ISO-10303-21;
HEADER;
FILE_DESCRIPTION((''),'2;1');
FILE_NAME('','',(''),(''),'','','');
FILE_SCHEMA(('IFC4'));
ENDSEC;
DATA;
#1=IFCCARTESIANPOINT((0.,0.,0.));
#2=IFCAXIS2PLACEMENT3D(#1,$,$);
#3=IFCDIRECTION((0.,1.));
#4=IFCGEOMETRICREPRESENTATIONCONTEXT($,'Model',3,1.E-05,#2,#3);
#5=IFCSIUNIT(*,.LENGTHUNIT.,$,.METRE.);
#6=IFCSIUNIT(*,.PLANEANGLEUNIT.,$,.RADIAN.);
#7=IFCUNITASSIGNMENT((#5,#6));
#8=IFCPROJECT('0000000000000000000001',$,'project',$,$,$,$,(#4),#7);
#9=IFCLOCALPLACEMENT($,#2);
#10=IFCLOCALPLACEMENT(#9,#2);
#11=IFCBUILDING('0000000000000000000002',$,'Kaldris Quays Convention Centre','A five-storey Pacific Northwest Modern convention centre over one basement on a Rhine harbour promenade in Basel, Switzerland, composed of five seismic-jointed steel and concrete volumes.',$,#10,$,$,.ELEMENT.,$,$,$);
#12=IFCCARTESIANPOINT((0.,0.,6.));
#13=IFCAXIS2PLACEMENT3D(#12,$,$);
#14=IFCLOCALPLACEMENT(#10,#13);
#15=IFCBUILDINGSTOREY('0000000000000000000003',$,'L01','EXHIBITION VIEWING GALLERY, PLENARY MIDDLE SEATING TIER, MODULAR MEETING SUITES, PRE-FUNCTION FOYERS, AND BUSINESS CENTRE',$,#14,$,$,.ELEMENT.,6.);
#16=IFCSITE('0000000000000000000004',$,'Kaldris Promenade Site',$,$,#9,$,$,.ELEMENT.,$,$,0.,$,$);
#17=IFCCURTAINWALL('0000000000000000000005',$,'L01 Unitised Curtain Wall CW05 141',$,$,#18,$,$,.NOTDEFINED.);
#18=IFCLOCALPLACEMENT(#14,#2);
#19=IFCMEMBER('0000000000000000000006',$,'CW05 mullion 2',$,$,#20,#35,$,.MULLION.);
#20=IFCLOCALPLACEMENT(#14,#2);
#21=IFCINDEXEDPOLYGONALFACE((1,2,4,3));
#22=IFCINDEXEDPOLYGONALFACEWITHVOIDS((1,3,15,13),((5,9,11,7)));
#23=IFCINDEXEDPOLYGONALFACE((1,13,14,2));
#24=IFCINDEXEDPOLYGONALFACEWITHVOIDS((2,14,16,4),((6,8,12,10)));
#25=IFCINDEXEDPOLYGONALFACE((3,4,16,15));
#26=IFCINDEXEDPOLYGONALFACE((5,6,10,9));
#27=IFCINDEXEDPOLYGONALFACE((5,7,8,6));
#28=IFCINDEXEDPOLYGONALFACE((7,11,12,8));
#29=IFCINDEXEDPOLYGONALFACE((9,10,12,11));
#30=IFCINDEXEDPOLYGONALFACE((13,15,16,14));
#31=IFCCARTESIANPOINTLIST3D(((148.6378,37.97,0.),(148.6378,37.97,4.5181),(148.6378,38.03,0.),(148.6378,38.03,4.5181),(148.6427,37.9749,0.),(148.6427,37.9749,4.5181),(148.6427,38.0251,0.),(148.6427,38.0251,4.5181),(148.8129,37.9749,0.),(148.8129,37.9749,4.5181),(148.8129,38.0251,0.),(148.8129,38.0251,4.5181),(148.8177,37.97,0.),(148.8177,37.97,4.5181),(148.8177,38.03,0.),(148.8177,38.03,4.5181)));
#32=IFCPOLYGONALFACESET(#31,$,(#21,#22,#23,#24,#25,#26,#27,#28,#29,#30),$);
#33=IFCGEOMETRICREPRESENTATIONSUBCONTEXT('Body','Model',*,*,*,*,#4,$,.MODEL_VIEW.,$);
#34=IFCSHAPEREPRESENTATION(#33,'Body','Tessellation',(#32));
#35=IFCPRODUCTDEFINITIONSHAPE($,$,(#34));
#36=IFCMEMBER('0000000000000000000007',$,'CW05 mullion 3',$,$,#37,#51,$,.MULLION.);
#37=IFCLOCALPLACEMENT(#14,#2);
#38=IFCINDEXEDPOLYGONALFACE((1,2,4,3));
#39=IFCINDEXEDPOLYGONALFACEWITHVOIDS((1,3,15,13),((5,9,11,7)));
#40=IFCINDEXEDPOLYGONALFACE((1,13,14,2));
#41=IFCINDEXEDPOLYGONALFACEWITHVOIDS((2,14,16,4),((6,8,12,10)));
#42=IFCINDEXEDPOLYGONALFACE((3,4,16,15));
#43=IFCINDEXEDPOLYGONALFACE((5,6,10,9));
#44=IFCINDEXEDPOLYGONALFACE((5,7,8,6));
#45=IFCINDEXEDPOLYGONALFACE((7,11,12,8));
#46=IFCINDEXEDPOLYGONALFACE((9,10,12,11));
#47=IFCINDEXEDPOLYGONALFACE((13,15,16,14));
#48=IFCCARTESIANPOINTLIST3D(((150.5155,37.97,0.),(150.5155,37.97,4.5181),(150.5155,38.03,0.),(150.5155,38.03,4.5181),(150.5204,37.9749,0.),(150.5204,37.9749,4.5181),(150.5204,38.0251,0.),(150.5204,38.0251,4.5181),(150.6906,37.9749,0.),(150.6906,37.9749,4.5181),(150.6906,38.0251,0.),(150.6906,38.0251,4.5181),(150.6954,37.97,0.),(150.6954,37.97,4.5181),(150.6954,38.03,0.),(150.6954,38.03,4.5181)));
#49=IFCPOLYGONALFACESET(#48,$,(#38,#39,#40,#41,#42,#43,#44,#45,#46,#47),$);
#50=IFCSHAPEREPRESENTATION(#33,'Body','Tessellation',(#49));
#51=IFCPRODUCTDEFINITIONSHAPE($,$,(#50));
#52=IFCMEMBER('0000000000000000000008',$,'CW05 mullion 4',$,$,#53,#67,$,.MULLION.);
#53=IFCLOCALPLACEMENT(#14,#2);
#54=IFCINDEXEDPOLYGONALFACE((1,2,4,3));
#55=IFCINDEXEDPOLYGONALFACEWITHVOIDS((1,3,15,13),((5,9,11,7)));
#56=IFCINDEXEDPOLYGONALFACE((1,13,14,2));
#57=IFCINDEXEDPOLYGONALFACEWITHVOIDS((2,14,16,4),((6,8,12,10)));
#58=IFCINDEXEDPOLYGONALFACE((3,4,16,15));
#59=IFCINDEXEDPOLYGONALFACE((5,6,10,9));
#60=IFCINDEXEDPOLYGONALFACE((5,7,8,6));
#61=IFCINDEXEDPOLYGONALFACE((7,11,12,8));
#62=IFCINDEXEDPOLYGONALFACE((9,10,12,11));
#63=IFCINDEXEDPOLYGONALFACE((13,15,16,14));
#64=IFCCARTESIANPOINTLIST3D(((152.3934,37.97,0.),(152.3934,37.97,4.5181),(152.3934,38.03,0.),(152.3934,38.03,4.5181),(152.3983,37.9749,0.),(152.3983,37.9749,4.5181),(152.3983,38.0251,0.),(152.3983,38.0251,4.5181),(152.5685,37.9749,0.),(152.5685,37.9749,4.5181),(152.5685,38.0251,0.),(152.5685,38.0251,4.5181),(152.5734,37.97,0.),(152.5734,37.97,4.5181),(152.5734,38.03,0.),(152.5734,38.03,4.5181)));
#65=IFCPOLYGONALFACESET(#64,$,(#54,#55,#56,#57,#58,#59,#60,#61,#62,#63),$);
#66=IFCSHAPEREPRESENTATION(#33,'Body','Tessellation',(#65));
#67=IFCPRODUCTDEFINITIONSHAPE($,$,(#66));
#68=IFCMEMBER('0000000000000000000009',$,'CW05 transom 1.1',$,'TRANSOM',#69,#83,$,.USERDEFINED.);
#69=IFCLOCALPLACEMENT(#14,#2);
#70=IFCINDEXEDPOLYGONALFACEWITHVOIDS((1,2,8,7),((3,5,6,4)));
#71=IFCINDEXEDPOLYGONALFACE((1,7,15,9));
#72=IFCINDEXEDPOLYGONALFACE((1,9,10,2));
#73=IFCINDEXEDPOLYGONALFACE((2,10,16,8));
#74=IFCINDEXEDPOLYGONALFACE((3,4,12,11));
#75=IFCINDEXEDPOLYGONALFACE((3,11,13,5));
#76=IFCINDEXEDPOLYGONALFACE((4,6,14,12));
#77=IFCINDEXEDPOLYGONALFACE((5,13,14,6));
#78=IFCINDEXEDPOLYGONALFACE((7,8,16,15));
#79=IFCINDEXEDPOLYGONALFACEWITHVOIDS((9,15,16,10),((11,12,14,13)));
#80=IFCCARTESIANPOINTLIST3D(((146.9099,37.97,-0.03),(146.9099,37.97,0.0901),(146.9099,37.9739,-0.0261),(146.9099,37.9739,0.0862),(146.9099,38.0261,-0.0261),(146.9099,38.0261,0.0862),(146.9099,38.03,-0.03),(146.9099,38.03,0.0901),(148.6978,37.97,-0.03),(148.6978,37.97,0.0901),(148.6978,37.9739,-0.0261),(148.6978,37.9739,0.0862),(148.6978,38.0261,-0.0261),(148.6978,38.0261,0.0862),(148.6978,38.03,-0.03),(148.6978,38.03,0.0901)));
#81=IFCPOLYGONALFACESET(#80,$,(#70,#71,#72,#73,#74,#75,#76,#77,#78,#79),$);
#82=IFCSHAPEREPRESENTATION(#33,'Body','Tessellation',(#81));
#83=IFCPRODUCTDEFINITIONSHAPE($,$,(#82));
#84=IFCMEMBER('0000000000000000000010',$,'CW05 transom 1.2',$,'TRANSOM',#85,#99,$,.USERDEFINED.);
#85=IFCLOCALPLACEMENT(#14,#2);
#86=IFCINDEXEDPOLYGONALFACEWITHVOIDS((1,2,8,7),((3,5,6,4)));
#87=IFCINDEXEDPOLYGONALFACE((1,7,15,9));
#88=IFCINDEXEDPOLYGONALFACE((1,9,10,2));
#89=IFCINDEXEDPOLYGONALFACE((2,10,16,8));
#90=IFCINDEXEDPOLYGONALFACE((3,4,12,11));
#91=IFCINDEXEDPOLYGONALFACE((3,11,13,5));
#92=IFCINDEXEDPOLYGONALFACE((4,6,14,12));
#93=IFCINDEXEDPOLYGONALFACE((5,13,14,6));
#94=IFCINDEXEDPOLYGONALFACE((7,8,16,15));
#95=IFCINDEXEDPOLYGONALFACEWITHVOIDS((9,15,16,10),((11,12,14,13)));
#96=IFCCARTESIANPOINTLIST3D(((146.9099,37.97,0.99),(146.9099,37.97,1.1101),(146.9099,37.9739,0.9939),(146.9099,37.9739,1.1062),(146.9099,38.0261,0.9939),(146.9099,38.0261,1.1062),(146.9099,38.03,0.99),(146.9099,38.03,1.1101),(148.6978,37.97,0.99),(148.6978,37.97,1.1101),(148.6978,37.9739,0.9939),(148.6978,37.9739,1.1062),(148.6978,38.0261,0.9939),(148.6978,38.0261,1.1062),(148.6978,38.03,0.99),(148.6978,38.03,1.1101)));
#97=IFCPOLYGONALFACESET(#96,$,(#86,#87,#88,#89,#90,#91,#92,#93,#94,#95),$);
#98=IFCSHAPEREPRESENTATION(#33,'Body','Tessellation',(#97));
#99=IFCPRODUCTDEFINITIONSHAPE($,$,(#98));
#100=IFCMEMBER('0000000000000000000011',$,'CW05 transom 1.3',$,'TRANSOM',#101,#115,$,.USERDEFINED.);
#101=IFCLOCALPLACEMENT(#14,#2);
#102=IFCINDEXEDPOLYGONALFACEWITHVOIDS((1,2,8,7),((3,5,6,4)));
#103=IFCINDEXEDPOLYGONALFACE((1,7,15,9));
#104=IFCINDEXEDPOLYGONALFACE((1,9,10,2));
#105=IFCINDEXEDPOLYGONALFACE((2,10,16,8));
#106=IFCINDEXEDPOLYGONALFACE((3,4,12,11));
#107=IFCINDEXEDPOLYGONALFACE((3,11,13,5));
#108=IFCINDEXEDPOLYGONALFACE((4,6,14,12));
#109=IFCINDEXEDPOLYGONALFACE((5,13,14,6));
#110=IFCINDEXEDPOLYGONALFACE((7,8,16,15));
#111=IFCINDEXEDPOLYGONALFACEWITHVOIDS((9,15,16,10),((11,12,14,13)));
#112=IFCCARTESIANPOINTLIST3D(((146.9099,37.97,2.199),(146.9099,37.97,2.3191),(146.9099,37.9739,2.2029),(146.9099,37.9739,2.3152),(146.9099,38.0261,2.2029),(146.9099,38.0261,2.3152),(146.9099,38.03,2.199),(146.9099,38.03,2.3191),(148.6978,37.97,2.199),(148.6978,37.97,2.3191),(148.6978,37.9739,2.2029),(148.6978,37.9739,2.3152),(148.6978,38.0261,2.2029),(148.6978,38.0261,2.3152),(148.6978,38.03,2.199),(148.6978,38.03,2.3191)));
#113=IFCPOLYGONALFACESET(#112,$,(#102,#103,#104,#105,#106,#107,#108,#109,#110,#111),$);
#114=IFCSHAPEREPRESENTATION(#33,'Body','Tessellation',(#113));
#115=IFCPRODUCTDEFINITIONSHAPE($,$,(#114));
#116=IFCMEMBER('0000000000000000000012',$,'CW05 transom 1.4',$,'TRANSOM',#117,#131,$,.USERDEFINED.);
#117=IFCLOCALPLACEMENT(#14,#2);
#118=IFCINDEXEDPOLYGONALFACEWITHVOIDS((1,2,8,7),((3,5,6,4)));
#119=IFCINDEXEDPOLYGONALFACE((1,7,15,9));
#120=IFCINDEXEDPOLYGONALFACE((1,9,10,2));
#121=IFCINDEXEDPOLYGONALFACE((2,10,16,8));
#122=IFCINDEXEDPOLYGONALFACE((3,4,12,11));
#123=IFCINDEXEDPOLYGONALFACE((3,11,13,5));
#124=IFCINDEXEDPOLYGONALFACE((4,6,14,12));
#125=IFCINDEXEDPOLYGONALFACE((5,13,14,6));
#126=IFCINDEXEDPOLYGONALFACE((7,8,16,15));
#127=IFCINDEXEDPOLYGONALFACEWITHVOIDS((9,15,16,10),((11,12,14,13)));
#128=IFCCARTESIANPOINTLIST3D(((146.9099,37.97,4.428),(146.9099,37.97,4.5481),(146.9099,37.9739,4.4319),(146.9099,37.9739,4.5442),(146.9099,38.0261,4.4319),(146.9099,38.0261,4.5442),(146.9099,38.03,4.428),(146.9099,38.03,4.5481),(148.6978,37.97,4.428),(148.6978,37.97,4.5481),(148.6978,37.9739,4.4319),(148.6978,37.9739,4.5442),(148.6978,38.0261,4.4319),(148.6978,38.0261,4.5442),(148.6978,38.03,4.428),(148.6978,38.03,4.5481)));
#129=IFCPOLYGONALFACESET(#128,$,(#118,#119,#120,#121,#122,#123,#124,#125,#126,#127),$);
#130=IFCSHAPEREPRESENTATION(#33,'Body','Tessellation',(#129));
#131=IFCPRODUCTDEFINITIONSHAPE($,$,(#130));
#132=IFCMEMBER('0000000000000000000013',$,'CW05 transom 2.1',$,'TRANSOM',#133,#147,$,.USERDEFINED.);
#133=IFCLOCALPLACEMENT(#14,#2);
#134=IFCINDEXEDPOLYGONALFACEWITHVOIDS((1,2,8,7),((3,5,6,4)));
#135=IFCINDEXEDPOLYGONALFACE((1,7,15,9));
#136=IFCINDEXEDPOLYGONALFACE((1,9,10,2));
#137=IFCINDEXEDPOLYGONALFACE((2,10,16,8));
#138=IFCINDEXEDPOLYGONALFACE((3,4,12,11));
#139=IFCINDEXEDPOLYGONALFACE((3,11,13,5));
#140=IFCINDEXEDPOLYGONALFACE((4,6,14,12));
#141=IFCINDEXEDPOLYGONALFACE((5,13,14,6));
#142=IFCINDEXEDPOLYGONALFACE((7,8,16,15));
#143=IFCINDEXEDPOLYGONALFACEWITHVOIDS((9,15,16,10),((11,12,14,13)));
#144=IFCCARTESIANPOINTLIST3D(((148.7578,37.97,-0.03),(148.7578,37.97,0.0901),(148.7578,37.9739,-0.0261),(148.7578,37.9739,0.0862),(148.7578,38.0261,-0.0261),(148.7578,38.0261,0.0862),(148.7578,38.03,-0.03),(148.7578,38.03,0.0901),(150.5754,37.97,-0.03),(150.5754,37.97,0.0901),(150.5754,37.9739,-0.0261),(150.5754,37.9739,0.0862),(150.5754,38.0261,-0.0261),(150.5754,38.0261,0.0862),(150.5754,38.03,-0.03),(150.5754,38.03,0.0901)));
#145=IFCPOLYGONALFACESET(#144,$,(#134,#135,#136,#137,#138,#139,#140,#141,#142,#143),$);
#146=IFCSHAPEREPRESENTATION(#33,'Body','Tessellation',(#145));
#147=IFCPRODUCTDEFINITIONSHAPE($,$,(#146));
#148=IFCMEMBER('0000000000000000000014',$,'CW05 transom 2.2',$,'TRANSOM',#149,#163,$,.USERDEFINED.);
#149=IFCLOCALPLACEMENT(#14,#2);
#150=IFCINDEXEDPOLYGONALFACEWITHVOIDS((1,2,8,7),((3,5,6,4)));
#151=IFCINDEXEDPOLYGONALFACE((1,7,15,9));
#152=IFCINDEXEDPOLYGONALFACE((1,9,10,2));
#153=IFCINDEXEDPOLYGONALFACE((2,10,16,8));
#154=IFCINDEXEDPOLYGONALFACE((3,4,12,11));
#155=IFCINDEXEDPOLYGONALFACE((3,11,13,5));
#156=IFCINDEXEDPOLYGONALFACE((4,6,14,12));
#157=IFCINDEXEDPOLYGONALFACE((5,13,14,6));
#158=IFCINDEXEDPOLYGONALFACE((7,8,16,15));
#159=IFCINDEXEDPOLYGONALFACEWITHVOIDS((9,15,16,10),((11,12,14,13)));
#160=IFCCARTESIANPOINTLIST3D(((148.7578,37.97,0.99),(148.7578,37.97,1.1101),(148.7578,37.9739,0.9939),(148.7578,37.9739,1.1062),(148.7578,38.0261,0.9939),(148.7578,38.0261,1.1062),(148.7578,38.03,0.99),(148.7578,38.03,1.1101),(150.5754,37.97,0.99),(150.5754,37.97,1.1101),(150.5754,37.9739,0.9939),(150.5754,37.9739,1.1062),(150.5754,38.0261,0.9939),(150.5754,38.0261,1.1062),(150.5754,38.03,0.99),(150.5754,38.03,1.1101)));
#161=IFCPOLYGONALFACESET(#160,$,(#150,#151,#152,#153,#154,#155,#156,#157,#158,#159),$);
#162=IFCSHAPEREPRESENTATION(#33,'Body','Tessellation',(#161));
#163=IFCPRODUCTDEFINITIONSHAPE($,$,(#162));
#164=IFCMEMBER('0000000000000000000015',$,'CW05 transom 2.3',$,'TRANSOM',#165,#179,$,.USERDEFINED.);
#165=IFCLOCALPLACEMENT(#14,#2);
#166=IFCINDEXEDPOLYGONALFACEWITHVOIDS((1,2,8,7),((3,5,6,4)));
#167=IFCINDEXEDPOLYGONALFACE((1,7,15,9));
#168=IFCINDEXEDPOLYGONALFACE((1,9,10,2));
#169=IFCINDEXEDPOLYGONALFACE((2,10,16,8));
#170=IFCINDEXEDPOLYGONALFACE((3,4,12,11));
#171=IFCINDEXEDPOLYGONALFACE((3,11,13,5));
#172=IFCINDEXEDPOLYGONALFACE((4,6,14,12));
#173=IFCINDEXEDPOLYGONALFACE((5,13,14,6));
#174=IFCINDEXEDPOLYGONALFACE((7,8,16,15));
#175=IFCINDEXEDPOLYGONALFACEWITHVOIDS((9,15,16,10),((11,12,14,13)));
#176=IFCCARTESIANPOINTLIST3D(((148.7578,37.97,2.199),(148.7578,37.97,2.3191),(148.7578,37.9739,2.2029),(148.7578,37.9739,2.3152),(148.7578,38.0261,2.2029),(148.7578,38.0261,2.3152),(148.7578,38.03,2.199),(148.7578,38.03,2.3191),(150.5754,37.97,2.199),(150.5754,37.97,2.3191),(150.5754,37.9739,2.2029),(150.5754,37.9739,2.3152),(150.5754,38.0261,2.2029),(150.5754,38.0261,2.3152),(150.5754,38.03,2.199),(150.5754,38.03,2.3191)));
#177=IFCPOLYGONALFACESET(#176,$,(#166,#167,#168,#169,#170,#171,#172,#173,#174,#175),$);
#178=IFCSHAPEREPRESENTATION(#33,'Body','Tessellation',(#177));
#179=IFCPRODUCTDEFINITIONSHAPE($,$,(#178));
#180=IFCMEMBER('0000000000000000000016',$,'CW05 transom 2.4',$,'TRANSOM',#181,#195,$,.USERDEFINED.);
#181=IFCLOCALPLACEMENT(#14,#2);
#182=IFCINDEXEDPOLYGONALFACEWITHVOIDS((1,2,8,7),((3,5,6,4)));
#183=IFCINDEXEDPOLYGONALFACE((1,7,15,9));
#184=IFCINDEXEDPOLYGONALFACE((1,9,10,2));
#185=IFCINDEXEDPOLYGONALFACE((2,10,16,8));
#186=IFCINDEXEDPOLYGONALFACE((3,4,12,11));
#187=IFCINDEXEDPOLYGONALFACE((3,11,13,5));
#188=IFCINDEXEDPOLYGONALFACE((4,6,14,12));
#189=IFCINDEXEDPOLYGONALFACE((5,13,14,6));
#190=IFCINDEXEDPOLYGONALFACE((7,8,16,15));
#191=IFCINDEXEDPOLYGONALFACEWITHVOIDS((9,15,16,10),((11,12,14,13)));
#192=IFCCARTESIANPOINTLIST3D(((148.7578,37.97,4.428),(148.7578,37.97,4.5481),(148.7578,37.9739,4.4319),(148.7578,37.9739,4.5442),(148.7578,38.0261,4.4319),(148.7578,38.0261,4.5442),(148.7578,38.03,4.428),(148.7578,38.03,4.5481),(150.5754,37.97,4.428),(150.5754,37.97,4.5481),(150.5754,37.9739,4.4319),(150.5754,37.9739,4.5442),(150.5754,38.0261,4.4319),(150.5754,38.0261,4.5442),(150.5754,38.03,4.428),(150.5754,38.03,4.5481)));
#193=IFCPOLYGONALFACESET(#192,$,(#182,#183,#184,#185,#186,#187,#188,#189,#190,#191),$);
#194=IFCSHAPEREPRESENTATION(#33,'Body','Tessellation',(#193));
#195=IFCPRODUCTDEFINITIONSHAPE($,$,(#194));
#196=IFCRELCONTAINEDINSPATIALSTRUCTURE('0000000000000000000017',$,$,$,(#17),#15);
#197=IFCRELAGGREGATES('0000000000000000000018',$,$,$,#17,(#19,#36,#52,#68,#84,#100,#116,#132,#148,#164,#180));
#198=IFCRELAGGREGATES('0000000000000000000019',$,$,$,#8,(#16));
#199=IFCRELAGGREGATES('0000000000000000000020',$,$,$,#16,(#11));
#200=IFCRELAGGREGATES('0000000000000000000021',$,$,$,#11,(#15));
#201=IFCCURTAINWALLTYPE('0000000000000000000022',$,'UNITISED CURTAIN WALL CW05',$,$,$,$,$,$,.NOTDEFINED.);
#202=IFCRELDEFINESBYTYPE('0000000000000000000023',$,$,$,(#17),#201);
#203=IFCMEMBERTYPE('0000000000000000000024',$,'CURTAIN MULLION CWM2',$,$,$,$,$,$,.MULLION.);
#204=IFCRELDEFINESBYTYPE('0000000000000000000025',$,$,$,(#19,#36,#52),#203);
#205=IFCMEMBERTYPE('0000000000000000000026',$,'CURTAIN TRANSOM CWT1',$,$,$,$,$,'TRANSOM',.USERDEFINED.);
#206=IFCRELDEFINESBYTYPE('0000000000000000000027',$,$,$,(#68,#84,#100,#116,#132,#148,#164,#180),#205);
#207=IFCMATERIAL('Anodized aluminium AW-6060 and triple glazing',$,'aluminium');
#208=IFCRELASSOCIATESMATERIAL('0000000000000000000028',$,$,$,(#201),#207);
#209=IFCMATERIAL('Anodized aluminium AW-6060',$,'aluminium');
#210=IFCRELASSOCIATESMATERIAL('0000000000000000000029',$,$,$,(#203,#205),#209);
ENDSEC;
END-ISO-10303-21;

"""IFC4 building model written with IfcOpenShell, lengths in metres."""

from ifc_helpers import new_model, si_unit, direction, frame, origin, origin_2d, place, context, subcontext, project, spatial, hollow_rectangle, extrude, material, material_profile, profile_set, type_object, element, aggregate, save


model = new_model("IFC4")

# Units and contexts
model_context = context("Model", 3, precision=1e-05, world=origin(), true_north=direction((0.0, 1.0)))
body_context = subcontext(model_context, "Body", "Model", "MODEL_VIEW")
ifc_project = project(units=[si_unit("LENGTHUNIT", "METRE"), si_unit("PLANEANGLEUNIT", "RADIAN")], contexts=[model_context])

# Site, building, storey
site_placement = place(None, origin())
site = spatial("IfcSite", under=ifc_project, at=site_placement, Name="Kaldris Promenade Site", CompositionType="ELEMENT", RefElevation=0.0)
building_placement = place(site_placement, origin())
building = spatial("IfcBuilding", under=site, at=building_placement, Name="Kaldris Quays Convention Centre", Description="A five-storey Pacific Northwest Modern convention centre over one basement on a Rhine harbour promenade in Basel, Switzerland, composed of five seismic-jointed steel and concrete volumes.", CompositionType="ELEMENT")
storey_placement = place(building_placement, frame((0.0, 0.0, 6.0)))
storey = spatial("IfcBuildingStorey", under=building, at=storey_placement, Name="L01", Description="EXHIBITION VIEWING GALLERY, PLENARY MIDDLE SEATING TIER, MODULAR MEETING SUITES, PRE-FUNCTION FOYERS, AND BUSINESS CENTRE", CompositionType="ELEMENT", Elevation=6.0)

# Curtain wall, members
ifc_material_1 = material(Name="Anodized aluminium AW-6060 and triple glazing", Category="aluminium")
curtain_wall_type = type_object("IfcCurtainWallType", Name="UNITISED CURTAIN WALL CW05", PredefinedType="NOTDEFINED", material=ifc_material_1)
curtain_wall_placement = place(storey_placement, origin())
curtain_wall = element("IfcCurtainWall", 1, at=curtain_wall_placement, inside=storey, type_object=curtain_wall_type, Name="L01 Unitised Curtain Wall CW05 141", PredefinedType="NOTDEFINED")
ifc_material_2 = material(Name="Anodized aluminium AW-6060", Category="aluminium")
ifc_material_profile_1 = material_profile(ifc_material_2, hollow_rectangle(XDim=0.0601, YDim=0.1799, WallThickness=0.0049, at=origin_2d()), Name="RHS 180x60x5")
ifc_profile_set_1 = profile_set([ifc_material_profile_1], Name="Anodized aluminium AW-6060")
member_type_1 = type_object("IfcMemberType", Name="CURTAIN MULLION CWM2", PredefinedType="MULLION", material=ifc_profile_set_1)
member_1_placement = place(storey_placement, frame((148.7278, 38.0, 0.0), z_axis=(0.0, 0.0, 1.0), x_axis=(0.0, 1.0, 0.0)))
member_1 = element("IfcMember", 2, at=member_1_placement, type_object=member_type_1, Name="CW05 mullion 2", PredefinedType="MULLION", context=body_context, shape_type="SweptSolid", body=[
    extrude(hollow_rectangle(XDim=0.0601, YDim=0.1799, WallThickness=0.0049, at=origin_2d()), origin(), (0.0, 0.0, 1.0), 4.5181),
])
member_2_placement = place(storey_placement, frame((150.6055, 38.0, 0.0), z_axis=(0.0, 0.0, 1.0), x_axis=(0.0, 1.0, 0.0)))
member_2 = element("IfcMember", 3, at=member_2_placement, type_object=member_type_1, Name="CW05 mullion 3", PredefinedType="MULLION", context=body_context, shape_type="SweptSolid", body=[
    extrude(hollow_rectangle(XDim=0.0601, YDim=0.1799, WallThickness=0.0049, at=origin_2d()), origin(), (0.0, 0.0, 1.0), 4.5181),
])
member_3_placement = place(storey_placement, frame((152.4834, 38.0, 0.0), z_axis=(0.0, 0.0, 1.0), x_axis=(0.0, 1.0, 0.0)))
member_3 = element("IfcMember", 4, at=member_3_placement, type_object=member_type_1, Name="CW05 mullion 4", PredefinedType="MULLION", context=body_context, shape_type="SweptSolid", body=[
    extrude(hollow_rectangle(XDim=0.0601, YDim=0.1799, WallThickness=0.0049, at=origin_2d()), origin(), (0.0, 0.0, 1.0), 4.5181),
])
ifc_material_profile_2 = material_profile(ifc_material_2, hollow_rectangle(XDim=0.0601, YDim=0.1201, WallThickness=0.0039, at=origin_2d()), Name="RHS 120x60x4")
ifc_profile_set_2 = profile_set([ifc_material_profile_2], Name="Anodized aluminium AW-6060")
member_type_2 = type_object("IfcMemberType", Name="CURTAIN TRANSOM CWT1", ElementType="TRANSOM", PredefinedType="USERDEFINED", material=ifc_profile_set_2)
member_4_placement = place(storey_placement, frame((146.9099, 38.0, 0.03), z_axis=(1.0, 0.0, 0.0), x_axis=(0.0, 1.0, 0.0)))
member_4 = element("IfcMember", 5, at=member_4_placement, type_object=member_type_2, Name="CW05 transom 1.1", ObjectType="TRANSOM", PredefinedType="USERDEFINED", context=body_context, shape_type="SweptSolid", body=[
    extrude(hollow_rectangle(XDim=0.0601, YDim=0.1201, WallThickness=0.0039, at=origin_2d()), origin(), (0.0, 0.0, 1.0), 1.7878),
])
member_5_placement = place(storey_placement, frame((146.9099, 38.0, 1.05), z_axis=(1.0, 0.0, 0.0), x_axis=(0.0, 1.0, 0.0)))
member_5 = element("IfcMember", 6, at=member_5_placement, type_object=member_type_2, Name="CW05 transom 1.2", ObjectType="TRANSOM", PredefinedType="USERDEFINED", context=body_context, shape_type="SweptSolid", body=[
    extrude(hollow_rectangle(XDim=0.0601, YDim=0.1201, WallThickness=0.0039, at=origin_2d()), origin(), (0.0, 0.0, 1.0), 1.7878),
])
member_6_placement = place(storey_placement, frame((146.9099, 38.0, 2.259), z_axis=(1.0, 0.0, 0.0), x_axis=(0.0, 1.0, 0.0)))
member_6 = element("IfcMember", 7, at=member_6_placement, type_object=member_type_2, Name="CW05 transom 1.3", ObjectType="TRANSOM", PredefinedType="USERDEFINED", context=body_context, shape_type="SweptSolid", body=[
    extrude(hollow_rectangle(XDim=0.0601, YDim=0.1201, WallThickness=0.0039, at=origin_2d()), origin(), (0.0, 0.0, 1.0), 1.7878),
])
member_7_placement = place(storey_placement, frame((146.9099, 38.0, 4.488), z_axis=(1.0, 0.0, 0.0), x_axis=(0.0, 1.0, 0.0)))
member_7 = element("IfcMember", 8, at=member_7_placement, type_object=member_type_2, Name="CW05 transom 1.4", ObjectType="TRANSOM", PredefinedType="USERDEFINED", context=body_context, shape_type="SweptSolid", body=[
    extrude(hollow_rectangle(XDim=0.0601, YDim=0.1201, WallThickness=0.0039, at=origin_2d()), origin(), (0.0, 0.0, 1.0), 1.7878),
])
member_8_placement = place(storey_placement, frame((148.7578, 38.0, 0.03), z_axis=(1.0, 0.0, 0.0), x_axis=(0.0, 1.0, 0.0)))
member_8 = element("IfcMember", 9, at=member_8_placement, type_object=member_type_2, Name="CW05 transom 2.1", ObjectType="TRANSOM", PredefinedType="USERDEFINED", context=body_context, shape_type="SweptSolid", body=[
    extrude(hollow_rectangle(XDim=0.0601, YDim=0.1201, WallThickness=0.0039, at=origin_2d()), origin(), (0.0, 0.0, 1.0), 1.8176),
])
member_9_placement = place(storey_placement, frame((148.7578, 38.0, 1.05), z_axis=(1.0, 0.0, 0.0), x_axis=(0.0, 1.0, 0.0)))
member_9 = element("IfcMember", 10, at=member_9_placement, type_object=member_type_2, Name="CW05 transom 2.2", ObjectType="TRANSOM", PredefinedType="USERDEFINED", context=body_context, shape_type="SweptSolid", body=[
    extrude(hollow_rectangle(XDim=0.0601, YDim=0.1201, WallThickness=0.0039, at=origin_2d()), origin(), (0.0, 0.0, 1.0), 1.8176),
])
member_10_placement = place(storey_placement, frame((148.7578, 38.0, 2.259), z_axis=(1.0, 0.0, 0.0), x_axis=(0.0, 1.0, 0.0)))
member_10 = element("IfcMember", 11, at=member_10_placement, type_object=member_type_2, Name="CW05 transom 2.3", ObjectType="TRANSOM", PredefinedType="USERDEFINED", context=body_context, shape_type="SweptSolid", body=[
    extrude(hollow_rectangle(XDim=0.0601, YDim=0.1201, WallThickness=0.0039, at=origin_2d()), origin(), (0.0, 0.0, 1.0), 1.8176),
])
member_11_placement = place(storey_placement, frame((148.7578, 38.0, 4.488), z_axis=(1.0, 0.0, 0.0), x_axis=(0.0, 1.0, 0.0)))
member_11 = element("IfcMember", 12, at=member_11_placement, type_object=member_type_2, Name="CW05 transom 2.4", ObjectType="TRANSOM", PredefinedType="USERDEFINED", context=body_context, shape_type="SweptSolid", body=[
    extrude(hollow_rectangle(XDim=0.0601, YDim=0.1201, WallThickness=0.0039, at=origin_2d()), origin(), (0.0, 0.0, 1.0), 1.8176),
])
aggregate(curtain_wall, [member_1, member_2, member_3, member_4, member_5, member_6, member_7, member_8, member_9, member_10, member_11])

save(model, "model.ifc")
